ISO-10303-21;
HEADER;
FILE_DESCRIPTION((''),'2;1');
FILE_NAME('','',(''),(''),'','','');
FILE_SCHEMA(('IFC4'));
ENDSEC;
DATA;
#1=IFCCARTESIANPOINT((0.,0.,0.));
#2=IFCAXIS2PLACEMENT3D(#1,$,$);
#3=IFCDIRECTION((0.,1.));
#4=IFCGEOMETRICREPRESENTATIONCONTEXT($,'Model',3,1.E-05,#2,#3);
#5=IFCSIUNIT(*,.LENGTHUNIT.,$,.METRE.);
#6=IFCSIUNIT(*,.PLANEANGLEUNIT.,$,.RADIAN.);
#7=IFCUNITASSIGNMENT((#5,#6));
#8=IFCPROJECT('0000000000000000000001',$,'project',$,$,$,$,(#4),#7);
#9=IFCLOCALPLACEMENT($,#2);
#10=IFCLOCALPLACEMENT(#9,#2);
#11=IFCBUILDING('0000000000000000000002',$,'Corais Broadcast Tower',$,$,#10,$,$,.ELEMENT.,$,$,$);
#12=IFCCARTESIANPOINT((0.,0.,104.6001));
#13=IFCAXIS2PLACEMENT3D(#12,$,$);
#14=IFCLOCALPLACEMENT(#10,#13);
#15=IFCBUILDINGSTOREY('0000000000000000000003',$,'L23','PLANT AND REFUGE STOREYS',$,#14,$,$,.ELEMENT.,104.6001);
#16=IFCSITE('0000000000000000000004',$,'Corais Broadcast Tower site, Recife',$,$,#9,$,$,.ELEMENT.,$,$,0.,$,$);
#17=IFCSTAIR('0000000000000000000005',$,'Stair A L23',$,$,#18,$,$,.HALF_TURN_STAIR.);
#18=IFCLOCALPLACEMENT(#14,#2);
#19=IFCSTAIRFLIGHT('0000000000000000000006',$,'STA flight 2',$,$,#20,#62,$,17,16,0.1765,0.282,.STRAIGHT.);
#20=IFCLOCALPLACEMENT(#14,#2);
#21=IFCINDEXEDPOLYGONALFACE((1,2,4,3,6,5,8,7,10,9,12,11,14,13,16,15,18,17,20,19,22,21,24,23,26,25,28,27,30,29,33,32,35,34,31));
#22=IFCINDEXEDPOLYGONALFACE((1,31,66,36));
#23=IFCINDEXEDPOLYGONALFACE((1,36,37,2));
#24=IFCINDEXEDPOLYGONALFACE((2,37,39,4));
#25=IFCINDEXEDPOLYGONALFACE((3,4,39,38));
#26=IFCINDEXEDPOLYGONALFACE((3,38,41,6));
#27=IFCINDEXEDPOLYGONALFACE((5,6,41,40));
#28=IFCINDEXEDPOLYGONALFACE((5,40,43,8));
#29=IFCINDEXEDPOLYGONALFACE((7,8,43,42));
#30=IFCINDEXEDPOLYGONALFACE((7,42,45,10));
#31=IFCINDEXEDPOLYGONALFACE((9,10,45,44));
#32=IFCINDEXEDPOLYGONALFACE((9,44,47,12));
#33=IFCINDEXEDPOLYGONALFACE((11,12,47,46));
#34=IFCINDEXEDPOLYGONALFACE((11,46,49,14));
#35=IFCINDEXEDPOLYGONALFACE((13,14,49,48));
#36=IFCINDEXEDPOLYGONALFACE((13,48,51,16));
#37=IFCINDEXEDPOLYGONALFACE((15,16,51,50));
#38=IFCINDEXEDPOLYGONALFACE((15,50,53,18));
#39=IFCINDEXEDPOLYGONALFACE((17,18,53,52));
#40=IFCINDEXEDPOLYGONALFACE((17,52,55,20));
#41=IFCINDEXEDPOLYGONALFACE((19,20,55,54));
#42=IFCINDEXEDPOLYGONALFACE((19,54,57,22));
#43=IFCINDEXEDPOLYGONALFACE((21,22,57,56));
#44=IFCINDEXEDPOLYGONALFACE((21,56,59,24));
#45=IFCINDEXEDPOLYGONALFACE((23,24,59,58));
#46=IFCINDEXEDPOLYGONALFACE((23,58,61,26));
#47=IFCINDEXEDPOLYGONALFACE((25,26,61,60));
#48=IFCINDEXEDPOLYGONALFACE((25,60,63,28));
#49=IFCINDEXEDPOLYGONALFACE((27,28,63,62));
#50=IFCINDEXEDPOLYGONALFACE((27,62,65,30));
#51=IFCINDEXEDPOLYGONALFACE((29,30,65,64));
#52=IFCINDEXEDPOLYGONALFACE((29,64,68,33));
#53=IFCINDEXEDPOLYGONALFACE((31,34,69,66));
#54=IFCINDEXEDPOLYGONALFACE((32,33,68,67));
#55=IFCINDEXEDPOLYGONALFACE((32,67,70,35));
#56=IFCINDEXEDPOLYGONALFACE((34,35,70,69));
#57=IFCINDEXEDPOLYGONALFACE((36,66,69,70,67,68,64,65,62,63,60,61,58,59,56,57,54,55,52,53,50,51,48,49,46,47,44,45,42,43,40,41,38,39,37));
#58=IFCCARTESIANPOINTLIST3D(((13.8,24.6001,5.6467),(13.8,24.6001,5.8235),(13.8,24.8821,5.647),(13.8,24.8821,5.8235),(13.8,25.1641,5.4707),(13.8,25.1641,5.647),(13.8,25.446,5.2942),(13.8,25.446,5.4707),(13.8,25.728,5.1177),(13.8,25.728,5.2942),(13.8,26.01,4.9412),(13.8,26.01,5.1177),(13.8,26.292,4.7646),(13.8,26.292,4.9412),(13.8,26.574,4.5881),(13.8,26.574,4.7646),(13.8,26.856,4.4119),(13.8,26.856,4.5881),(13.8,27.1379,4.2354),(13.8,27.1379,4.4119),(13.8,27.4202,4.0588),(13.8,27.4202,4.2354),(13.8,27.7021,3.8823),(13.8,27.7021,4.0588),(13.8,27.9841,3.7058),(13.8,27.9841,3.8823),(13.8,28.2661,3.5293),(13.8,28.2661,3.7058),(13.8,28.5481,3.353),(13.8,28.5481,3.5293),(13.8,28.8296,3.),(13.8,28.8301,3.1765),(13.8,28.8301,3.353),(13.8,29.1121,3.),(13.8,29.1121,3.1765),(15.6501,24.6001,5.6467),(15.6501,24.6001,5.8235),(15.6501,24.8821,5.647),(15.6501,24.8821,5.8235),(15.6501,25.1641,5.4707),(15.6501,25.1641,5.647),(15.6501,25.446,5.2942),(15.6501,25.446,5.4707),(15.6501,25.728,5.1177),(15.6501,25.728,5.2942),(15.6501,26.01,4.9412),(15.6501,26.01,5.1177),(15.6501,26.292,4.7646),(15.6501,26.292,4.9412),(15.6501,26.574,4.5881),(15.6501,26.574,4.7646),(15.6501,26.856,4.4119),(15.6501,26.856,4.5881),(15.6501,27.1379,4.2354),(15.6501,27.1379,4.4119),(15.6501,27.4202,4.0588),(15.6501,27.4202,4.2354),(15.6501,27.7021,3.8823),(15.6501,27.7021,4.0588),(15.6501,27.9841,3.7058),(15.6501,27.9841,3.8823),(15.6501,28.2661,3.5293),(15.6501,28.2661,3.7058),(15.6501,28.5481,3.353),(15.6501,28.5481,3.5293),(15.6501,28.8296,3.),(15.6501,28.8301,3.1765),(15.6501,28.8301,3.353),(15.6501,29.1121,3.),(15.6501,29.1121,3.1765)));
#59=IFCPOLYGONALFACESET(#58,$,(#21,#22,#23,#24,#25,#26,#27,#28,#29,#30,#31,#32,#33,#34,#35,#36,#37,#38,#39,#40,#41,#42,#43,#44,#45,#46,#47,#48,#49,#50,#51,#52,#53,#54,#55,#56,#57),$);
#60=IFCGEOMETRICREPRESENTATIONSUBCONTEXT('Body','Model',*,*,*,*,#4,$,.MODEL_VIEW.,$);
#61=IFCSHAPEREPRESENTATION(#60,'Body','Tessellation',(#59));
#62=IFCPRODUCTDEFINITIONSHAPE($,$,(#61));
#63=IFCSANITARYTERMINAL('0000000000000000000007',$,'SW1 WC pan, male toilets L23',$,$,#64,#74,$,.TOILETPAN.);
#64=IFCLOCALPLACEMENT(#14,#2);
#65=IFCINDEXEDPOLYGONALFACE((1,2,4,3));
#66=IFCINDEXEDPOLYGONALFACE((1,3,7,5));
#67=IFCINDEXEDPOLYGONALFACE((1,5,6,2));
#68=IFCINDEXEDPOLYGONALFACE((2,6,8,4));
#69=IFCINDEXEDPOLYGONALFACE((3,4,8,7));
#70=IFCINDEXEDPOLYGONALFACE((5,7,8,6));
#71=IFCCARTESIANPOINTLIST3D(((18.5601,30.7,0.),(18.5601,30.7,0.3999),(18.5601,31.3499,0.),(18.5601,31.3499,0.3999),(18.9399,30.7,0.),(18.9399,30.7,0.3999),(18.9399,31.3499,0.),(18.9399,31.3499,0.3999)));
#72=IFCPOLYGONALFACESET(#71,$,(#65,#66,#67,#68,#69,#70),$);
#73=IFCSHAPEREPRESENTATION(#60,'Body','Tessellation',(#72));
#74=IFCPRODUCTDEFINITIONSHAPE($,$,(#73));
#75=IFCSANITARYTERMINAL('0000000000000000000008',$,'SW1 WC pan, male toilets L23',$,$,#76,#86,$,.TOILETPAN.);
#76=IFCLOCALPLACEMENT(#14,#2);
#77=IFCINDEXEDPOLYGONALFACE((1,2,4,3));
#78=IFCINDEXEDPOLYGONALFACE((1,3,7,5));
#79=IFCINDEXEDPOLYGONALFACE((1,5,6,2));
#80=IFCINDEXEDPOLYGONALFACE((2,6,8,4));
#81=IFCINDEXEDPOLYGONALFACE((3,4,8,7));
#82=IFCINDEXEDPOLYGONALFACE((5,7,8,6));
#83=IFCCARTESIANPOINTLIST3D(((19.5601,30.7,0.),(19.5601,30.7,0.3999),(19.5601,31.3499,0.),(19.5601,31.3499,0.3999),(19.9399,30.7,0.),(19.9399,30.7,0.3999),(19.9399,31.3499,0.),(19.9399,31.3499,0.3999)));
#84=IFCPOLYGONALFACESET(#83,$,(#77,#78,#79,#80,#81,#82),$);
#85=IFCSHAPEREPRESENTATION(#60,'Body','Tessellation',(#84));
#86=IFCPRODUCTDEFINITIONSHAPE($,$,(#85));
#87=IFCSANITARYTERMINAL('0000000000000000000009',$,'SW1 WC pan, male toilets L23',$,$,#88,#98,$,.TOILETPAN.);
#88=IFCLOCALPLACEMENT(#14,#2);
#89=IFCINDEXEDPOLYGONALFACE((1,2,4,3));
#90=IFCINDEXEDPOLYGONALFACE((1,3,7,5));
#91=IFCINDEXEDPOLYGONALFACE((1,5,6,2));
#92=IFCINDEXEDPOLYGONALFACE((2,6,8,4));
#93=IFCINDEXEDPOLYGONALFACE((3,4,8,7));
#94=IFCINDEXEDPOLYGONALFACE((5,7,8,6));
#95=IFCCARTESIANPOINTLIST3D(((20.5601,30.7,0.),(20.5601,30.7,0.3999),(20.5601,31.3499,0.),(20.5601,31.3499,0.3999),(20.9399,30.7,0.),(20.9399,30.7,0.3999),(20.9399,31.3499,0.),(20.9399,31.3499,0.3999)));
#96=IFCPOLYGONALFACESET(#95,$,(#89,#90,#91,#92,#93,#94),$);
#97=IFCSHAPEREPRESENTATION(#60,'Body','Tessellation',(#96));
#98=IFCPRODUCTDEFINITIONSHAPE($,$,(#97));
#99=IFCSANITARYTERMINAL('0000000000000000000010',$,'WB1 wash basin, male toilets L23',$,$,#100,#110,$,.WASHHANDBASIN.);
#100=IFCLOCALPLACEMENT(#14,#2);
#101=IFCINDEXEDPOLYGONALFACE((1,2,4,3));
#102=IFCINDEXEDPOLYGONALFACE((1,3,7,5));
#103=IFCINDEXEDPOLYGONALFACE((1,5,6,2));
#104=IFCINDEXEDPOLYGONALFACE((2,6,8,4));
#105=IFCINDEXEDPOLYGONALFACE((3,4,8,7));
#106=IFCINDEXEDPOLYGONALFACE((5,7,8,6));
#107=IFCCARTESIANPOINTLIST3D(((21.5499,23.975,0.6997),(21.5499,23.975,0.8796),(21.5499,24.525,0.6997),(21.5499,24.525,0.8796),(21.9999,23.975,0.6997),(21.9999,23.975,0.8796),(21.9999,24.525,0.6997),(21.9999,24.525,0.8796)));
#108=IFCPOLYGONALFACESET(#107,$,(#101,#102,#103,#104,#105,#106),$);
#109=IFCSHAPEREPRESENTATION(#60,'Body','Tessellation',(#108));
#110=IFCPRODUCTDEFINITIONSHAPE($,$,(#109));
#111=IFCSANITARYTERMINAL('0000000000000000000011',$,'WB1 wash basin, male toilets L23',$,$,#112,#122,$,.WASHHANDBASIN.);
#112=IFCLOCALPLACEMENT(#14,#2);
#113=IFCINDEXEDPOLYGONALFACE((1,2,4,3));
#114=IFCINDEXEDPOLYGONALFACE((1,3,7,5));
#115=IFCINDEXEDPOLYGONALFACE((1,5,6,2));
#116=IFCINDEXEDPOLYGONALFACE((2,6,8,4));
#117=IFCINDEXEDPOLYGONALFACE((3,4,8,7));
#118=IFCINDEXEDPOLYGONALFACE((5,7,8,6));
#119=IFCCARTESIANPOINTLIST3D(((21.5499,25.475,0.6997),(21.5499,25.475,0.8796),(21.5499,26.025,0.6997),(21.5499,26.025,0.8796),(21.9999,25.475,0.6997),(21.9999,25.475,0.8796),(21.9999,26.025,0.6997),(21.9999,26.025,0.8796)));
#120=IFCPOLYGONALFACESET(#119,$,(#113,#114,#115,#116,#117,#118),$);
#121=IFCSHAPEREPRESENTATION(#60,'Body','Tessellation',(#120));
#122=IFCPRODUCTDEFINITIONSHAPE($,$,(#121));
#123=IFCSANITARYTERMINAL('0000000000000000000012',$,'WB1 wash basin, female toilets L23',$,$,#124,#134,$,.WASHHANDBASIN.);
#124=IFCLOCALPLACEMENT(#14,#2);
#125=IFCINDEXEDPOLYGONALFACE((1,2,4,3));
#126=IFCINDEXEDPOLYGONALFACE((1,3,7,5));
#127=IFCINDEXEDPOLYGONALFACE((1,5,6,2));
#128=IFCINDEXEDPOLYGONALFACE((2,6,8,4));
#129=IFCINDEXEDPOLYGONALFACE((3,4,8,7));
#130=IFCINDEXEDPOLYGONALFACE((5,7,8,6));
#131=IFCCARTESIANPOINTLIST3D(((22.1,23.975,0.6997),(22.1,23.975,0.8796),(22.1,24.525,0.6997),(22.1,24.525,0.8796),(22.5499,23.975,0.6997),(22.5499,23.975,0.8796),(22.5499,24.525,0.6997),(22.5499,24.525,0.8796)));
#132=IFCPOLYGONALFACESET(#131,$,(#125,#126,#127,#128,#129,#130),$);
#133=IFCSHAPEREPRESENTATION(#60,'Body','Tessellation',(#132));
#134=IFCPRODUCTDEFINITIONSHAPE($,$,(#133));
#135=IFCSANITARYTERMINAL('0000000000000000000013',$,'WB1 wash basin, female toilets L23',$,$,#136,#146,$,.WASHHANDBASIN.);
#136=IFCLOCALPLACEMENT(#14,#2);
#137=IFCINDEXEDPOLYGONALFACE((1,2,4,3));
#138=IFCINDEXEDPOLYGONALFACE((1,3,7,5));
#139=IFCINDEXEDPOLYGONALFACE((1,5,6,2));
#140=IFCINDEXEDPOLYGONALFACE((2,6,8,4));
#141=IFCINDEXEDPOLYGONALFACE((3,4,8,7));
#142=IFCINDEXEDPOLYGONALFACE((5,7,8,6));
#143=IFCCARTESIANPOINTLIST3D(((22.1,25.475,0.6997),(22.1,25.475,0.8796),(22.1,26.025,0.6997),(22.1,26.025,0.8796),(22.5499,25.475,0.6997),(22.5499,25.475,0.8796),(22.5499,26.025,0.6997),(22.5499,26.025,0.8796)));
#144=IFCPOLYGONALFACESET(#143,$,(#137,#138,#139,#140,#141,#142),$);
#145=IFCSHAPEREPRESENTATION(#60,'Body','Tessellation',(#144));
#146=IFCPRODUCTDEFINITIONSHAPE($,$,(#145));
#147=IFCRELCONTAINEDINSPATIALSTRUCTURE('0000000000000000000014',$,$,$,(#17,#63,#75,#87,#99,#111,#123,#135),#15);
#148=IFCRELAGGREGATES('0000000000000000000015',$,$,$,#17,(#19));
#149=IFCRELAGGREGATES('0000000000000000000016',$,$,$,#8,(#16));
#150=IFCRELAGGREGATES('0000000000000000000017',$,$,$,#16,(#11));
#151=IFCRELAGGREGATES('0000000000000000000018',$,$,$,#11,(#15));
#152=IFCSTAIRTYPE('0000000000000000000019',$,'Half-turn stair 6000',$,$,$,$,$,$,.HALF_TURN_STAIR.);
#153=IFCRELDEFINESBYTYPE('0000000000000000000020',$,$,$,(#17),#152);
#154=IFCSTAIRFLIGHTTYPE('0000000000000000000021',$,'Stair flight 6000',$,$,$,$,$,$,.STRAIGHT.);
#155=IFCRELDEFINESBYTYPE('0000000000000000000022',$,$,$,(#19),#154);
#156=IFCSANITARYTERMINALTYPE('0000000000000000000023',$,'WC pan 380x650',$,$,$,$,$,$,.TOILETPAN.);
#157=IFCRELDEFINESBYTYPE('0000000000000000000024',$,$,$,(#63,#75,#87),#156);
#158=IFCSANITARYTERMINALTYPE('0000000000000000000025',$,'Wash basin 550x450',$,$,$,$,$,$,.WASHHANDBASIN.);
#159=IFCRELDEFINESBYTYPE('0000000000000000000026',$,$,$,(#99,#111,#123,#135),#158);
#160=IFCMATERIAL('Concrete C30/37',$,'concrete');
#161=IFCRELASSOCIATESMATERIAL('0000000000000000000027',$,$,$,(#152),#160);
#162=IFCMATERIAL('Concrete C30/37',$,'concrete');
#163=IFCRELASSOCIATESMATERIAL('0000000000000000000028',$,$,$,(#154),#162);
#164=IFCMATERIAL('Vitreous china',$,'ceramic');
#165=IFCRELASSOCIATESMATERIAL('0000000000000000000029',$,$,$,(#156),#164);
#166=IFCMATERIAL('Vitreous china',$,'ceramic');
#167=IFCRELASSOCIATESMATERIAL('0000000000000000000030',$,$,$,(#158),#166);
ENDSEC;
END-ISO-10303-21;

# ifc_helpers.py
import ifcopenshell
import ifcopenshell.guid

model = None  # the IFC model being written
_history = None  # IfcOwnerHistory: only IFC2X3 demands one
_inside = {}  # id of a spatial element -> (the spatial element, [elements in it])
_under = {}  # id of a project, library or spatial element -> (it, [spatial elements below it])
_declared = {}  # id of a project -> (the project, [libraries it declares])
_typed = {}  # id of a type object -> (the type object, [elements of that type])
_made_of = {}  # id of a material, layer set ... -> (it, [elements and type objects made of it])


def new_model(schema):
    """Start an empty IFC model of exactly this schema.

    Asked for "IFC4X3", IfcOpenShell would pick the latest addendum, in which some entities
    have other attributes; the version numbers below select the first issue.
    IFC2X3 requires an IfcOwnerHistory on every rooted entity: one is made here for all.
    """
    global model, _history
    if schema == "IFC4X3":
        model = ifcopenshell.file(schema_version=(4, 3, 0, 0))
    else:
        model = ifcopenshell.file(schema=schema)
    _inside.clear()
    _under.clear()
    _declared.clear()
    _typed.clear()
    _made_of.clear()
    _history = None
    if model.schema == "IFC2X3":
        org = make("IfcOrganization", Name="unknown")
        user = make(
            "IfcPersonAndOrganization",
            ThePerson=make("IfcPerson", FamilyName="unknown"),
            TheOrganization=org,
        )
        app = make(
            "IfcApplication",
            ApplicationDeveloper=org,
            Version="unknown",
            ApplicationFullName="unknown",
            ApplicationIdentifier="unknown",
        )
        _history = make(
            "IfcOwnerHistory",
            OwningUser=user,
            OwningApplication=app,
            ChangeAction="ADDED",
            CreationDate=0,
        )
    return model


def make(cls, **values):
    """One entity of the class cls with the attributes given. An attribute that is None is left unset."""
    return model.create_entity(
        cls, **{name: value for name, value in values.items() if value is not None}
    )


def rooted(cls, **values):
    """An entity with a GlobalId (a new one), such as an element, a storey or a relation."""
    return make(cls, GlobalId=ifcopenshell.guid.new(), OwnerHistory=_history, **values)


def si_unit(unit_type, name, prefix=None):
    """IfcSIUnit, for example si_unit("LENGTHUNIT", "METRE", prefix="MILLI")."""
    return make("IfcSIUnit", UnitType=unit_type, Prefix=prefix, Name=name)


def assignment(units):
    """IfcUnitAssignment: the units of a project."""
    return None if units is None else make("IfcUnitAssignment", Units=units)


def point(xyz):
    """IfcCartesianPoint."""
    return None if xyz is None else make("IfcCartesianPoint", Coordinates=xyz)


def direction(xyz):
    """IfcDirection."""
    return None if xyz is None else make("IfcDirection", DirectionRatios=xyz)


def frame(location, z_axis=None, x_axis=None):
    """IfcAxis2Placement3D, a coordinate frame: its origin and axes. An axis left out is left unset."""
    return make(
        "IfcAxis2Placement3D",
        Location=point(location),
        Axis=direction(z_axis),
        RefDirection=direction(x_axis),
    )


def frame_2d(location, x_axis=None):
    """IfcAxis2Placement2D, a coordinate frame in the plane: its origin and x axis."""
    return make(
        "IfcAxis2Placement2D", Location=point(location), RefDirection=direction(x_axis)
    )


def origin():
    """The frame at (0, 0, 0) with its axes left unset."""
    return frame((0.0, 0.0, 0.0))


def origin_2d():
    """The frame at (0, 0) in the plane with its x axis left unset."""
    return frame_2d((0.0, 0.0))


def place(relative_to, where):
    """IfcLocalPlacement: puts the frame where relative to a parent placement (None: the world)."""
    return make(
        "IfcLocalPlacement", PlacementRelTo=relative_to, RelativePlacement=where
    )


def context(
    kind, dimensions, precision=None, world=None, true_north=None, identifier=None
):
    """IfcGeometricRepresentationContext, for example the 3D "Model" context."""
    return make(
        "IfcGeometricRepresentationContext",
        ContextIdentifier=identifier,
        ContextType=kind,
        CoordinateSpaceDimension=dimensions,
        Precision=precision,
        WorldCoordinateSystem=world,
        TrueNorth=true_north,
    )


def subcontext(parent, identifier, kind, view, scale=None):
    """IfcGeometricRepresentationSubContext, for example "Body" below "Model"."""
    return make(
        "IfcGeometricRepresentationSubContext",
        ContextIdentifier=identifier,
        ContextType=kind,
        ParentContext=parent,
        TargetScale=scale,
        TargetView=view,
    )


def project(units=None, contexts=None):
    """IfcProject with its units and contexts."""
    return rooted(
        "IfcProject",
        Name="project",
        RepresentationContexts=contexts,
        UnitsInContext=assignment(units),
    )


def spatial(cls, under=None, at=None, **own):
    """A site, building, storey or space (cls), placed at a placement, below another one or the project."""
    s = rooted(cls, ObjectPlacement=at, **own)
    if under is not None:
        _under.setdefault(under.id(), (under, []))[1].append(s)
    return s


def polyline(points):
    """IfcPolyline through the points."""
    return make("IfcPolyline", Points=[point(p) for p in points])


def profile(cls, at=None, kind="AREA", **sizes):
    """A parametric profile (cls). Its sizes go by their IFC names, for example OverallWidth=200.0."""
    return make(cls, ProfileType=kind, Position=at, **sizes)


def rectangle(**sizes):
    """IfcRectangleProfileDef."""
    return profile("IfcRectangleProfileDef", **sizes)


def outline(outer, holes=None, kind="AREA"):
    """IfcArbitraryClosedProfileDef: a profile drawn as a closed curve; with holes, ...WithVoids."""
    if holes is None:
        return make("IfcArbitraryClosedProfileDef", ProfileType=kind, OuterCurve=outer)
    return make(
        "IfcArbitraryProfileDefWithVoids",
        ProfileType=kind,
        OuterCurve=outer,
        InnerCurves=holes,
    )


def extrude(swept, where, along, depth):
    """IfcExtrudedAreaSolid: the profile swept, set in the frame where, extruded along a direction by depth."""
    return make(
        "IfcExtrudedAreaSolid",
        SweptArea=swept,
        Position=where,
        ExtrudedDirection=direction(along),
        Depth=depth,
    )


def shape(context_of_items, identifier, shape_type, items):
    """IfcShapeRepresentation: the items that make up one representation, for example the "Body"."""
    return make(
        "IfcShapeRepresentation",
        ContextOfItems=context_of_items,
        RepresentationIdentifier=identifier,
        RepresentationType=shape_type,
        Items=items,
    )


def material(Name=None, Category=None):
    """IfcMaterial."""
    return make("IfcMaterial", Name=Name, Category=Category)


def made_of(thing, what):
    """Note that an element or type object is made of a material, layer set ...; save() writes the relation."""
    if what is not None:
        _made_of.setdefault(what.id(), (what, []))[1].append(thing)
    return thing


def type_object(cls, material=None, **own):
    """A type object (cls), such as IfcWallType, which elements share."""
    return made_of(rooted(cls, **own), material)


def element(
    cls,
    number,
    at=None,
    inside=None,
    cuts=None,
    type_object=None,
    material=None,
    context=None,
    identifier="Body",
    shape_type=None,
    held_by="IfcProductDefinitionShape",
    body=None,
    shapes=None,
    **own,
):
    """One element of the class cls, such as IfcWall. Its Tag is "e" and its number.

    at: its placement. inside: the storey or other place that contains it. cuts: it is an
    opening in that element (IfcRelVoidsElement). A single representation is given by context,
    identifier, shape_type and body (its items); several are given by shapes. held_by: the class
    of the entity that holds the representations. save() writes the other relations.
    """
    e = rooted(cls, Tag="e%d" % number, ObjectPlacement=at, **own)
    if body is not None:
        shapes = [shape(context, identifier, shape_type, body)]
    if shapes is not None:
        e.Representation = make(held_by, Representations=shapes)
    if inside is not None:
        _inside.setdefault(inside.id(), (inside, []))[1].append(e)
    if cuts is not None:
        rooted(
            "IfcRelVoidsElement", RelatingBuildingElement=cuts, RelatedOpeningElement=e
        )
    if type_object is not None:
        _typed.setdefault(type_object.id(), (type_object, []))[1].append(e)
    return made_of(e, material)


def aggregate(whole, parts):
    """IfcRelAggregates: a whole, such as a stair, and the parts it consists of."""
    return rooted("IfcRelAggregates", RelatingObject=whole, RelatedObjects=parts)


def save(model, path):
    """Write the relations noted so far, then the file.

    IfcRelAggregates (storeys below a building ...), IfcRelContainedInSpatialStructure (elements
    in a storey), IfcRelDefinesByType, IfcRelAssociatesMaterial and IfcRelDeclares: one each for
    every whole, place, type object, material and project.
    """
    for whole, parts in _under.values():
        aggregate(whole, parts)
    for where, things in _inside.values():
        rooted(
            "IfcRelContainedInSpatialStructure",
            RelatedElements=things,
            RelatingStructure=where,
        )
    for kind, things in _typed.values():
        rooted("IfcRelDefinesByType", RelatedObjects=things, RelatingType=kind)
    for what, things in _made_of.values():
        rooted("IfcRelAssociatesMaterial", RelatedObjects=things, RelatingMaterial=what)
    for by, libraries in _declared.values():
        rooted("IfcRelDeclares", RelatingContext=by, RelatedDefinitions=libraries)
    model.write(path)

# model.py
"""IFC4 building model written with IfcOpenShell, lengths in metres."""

from ifc_helpers import new_model, si_unit, direction, frame, origin, origin_2d, place, context, subcontext, project, spatial, polyline, rectangle, outline, extrude, material, type_object, element, aggregate, save


model = new_model("IFC4")

# Units and contexts
model_context = context("Model", 3, precision=1e-05, world=origin(), true_north=direction((0.0, 1.0)))
body_context = subcontext(model_context, "Body", "Model", "MODEL_VIEW")
ifc_project = project(units=[si_unit("LENGTHUNIT", "METRE"), si_unit("PLANEANGLEUNIT", "RADIAN")], contexts=[model_context])

# Site, building, storey
site_placement = place(None, origin())
site = spatial("IfcSite", under=ifc_project, at=site_placement, Name="Corais Broadcast Tower site, Recife", CompositionType="ELEMENT", RefElevation=0.0)
building_placement = place(site_placement, origin())
building = spatial("IfcBuilding", under=site, at=building_placement, Name="Corais Broadcast Tower", CompositionType="ELEMENT")
storey_placement = place(building_placement, frame((0.0, 0.0, 104.6001)))
storey = spatial("IfcBuildingStorey", under=building, at=storey_placement, Name="L23", Description="PLANT AND REFUGE STOREYS", CompositionType="ELEMENT", Elevation=104.6001)

# Stair, stair flight
ifc_material_1 = material(Name="Concrete C30/37", Category="concrete")
stair_type = type_object("IfcStairType", Name="Half-turn stair 6000", PredefinedType="HALF_TURN_STAIR", material=ifc_material_1)
stair_placement = place(storey_placement, origin())
stair = element("IfcStair", 1, at=stair_placement, inside=storey, type_object=stair_type, Name="Stair A L23", PredefinedType="HALF_TURN_STAIR")
ifc_material_2 = material(Name="Concrete C30/37", Category="concrete")
stair_flight_type = type_object("IfcStairFlightType", Name="Stair flight 6000", PredefinedType="STRAIGHT", material=ifc_material_2)
stair_flight_1_placement = place(storey_placement, frame((14.7251, 29.1121, 3.0), z_axis=(0.0, 0.0, 1.0), x_axis=(0.0, -1.0, 0.0)))
stair_flight_1 = element("IfcStairFlight", 2, at=stair_flight_1_placement, type_object=stair_flight_type, Name="STA flight 2", NumberOfRisers=17, NumberOfTreads=16, PredefinedType="STRAIGHT", RiserHeight=0.1765, TreadLength=0.282, context=body_context, shape_type="SweptSolid", body=[
    extrude(outline(polyline([(0.0, 0.0), (0.0, 0.1765), (0.282, 0.1765), (0.282, 0.353), (0.564, 0.353), (0.564, 0.5293), (0.8459, 0.5293), (0.8459, 0.7058), (1.1279, 0.7058), (1.1279, 0.8823), (1.4099, 0.8823), (1.4099, 1.0588), (1.6919, 1.0588), (1.6919, 1.2354), (1.9741, 1.2354), (1.9741, 1.4119), (2.2561, 1.4119), (2.2561, 1.5881), (2.5381, 1.5881), (2.5381, 1.7646), (2.8201, 1.7646), (2.8201, 1.9412), (3.1021, 1.9412), (3.1021, 2.1177), (3.384, 2.1177), (3.384, 2.2942), (3.666, 2.2942), (3.666, 2.4707), (3.948, 2.4707), (3.948, 2.647), (4.23, 2.647), (4.23, 2.8235), (4.512, 2.8235), (4.512, 3.0), (4.512, 2.6467), (0.2825, 0.0), (0.0, 0.0)])), frame((0.0, 0.925, 0.0), z_axis=(0.0, -1.0, 0.0), x_axis=(1.0, 0.0, 0.0)), (0.0, 0.0, 1.0), 1.8501),
])
aggregate(stair, [stair_flight_1])

# Sanitary terminals
ifc_material_3 = material(Name="Vitreous china", Category="ceramic")
sanitary_terminal_type_1 = type_object("IfcSanitaryTerminalType", Name="WC pan 380x650", PredefinedType="TOILETPAN", material=ifc_material_3)
for number, where, z_axis, x_axis, name in (
    (3, (18.75, 31.0249, 0.0), (0.0, 0.0, 1.0), (1.0, 0.0, 0.0), "SW1 WC pan, male toilets L23"),
    (4, (19.75, 31.0249, 0.0), (0.0, 0.0, 1.0), (1.0, 0.0, 0.0), "SW1 WC pan, male toilets L23"),
    (5, (20.75, 31.0249, 0.0), (0.0, 0.0, 1.0), (1.0, 0.0, 0.0), "SW1 WC pan, male toilets L23"),
):
    element("IfcSanitaryTerminal", number, at=place(storey_placement, frame(where, z_axis=z_axis, x_axis=x_axis)), inside=storey, type_object=sanitary_terminal_type_1, Name=name, PredefinedType="TOILETPAN", context=body_context, shape_type="SweptSolid", body=[
        extrude(rectangle(XDim=0.3799, YDim=0.6499, at=origin_2d()), origin(), (0.0, 0.0, 1.0), 0.3999),
    ])
ifc_material_4 = material(Name="Vitreous china", Category="ceramic")
sanitary_terminal_type_2 = type_object("IfcSanitaryTerminalType", Name="Wash basin 550x450", PredefinedType="WASHHANDBASIN", material=ifc_material_4)
for number, where, z_axis, x_axis, name in (
    (6, (21.7749, 24.25, 0.6997), (0.0, 0.0, 1.0), (1.0, 0.0, 0.0), "WB1 wash basin, male toilets L23"),
    (7, (21.7749, 25.75, 0.6997), (0.0, 0.0, 1.0), (1.0, 0.0, 0.0), "WB1 wash basin, male toilets L23"),
    (8, (22.325, 24.25, 0.6997), (0.0, 0.0, 1.0), (1.0, 0.0, 0.0), "WB1 wash basin, female toilets L23"),
    (9, (22.325, 25.75, 0.6997), (0.0, 0.0, 1.0), (1.0, 0.0, 0.0), "WB1 wash basin, female toilets L23"),
):
    element("IfcSanitaryTerminal", number, at=place(storey_placement, frame(where, z_axis=z_axis, x_axis=x_axis)), inside=storey, type_object=sanitary_terminal_type_2, Name=name, PredefinedType="WASHHANDBASIN", context=body_context, shape_type="SweptSolid", body=[
        extrude(rectangle(XDim=0.45, YDim=0.55, at=origin_2d()), origin(), (0.0, 0.0, 1.0), 0.1799),
    ])

save(model, "model.ifc")
